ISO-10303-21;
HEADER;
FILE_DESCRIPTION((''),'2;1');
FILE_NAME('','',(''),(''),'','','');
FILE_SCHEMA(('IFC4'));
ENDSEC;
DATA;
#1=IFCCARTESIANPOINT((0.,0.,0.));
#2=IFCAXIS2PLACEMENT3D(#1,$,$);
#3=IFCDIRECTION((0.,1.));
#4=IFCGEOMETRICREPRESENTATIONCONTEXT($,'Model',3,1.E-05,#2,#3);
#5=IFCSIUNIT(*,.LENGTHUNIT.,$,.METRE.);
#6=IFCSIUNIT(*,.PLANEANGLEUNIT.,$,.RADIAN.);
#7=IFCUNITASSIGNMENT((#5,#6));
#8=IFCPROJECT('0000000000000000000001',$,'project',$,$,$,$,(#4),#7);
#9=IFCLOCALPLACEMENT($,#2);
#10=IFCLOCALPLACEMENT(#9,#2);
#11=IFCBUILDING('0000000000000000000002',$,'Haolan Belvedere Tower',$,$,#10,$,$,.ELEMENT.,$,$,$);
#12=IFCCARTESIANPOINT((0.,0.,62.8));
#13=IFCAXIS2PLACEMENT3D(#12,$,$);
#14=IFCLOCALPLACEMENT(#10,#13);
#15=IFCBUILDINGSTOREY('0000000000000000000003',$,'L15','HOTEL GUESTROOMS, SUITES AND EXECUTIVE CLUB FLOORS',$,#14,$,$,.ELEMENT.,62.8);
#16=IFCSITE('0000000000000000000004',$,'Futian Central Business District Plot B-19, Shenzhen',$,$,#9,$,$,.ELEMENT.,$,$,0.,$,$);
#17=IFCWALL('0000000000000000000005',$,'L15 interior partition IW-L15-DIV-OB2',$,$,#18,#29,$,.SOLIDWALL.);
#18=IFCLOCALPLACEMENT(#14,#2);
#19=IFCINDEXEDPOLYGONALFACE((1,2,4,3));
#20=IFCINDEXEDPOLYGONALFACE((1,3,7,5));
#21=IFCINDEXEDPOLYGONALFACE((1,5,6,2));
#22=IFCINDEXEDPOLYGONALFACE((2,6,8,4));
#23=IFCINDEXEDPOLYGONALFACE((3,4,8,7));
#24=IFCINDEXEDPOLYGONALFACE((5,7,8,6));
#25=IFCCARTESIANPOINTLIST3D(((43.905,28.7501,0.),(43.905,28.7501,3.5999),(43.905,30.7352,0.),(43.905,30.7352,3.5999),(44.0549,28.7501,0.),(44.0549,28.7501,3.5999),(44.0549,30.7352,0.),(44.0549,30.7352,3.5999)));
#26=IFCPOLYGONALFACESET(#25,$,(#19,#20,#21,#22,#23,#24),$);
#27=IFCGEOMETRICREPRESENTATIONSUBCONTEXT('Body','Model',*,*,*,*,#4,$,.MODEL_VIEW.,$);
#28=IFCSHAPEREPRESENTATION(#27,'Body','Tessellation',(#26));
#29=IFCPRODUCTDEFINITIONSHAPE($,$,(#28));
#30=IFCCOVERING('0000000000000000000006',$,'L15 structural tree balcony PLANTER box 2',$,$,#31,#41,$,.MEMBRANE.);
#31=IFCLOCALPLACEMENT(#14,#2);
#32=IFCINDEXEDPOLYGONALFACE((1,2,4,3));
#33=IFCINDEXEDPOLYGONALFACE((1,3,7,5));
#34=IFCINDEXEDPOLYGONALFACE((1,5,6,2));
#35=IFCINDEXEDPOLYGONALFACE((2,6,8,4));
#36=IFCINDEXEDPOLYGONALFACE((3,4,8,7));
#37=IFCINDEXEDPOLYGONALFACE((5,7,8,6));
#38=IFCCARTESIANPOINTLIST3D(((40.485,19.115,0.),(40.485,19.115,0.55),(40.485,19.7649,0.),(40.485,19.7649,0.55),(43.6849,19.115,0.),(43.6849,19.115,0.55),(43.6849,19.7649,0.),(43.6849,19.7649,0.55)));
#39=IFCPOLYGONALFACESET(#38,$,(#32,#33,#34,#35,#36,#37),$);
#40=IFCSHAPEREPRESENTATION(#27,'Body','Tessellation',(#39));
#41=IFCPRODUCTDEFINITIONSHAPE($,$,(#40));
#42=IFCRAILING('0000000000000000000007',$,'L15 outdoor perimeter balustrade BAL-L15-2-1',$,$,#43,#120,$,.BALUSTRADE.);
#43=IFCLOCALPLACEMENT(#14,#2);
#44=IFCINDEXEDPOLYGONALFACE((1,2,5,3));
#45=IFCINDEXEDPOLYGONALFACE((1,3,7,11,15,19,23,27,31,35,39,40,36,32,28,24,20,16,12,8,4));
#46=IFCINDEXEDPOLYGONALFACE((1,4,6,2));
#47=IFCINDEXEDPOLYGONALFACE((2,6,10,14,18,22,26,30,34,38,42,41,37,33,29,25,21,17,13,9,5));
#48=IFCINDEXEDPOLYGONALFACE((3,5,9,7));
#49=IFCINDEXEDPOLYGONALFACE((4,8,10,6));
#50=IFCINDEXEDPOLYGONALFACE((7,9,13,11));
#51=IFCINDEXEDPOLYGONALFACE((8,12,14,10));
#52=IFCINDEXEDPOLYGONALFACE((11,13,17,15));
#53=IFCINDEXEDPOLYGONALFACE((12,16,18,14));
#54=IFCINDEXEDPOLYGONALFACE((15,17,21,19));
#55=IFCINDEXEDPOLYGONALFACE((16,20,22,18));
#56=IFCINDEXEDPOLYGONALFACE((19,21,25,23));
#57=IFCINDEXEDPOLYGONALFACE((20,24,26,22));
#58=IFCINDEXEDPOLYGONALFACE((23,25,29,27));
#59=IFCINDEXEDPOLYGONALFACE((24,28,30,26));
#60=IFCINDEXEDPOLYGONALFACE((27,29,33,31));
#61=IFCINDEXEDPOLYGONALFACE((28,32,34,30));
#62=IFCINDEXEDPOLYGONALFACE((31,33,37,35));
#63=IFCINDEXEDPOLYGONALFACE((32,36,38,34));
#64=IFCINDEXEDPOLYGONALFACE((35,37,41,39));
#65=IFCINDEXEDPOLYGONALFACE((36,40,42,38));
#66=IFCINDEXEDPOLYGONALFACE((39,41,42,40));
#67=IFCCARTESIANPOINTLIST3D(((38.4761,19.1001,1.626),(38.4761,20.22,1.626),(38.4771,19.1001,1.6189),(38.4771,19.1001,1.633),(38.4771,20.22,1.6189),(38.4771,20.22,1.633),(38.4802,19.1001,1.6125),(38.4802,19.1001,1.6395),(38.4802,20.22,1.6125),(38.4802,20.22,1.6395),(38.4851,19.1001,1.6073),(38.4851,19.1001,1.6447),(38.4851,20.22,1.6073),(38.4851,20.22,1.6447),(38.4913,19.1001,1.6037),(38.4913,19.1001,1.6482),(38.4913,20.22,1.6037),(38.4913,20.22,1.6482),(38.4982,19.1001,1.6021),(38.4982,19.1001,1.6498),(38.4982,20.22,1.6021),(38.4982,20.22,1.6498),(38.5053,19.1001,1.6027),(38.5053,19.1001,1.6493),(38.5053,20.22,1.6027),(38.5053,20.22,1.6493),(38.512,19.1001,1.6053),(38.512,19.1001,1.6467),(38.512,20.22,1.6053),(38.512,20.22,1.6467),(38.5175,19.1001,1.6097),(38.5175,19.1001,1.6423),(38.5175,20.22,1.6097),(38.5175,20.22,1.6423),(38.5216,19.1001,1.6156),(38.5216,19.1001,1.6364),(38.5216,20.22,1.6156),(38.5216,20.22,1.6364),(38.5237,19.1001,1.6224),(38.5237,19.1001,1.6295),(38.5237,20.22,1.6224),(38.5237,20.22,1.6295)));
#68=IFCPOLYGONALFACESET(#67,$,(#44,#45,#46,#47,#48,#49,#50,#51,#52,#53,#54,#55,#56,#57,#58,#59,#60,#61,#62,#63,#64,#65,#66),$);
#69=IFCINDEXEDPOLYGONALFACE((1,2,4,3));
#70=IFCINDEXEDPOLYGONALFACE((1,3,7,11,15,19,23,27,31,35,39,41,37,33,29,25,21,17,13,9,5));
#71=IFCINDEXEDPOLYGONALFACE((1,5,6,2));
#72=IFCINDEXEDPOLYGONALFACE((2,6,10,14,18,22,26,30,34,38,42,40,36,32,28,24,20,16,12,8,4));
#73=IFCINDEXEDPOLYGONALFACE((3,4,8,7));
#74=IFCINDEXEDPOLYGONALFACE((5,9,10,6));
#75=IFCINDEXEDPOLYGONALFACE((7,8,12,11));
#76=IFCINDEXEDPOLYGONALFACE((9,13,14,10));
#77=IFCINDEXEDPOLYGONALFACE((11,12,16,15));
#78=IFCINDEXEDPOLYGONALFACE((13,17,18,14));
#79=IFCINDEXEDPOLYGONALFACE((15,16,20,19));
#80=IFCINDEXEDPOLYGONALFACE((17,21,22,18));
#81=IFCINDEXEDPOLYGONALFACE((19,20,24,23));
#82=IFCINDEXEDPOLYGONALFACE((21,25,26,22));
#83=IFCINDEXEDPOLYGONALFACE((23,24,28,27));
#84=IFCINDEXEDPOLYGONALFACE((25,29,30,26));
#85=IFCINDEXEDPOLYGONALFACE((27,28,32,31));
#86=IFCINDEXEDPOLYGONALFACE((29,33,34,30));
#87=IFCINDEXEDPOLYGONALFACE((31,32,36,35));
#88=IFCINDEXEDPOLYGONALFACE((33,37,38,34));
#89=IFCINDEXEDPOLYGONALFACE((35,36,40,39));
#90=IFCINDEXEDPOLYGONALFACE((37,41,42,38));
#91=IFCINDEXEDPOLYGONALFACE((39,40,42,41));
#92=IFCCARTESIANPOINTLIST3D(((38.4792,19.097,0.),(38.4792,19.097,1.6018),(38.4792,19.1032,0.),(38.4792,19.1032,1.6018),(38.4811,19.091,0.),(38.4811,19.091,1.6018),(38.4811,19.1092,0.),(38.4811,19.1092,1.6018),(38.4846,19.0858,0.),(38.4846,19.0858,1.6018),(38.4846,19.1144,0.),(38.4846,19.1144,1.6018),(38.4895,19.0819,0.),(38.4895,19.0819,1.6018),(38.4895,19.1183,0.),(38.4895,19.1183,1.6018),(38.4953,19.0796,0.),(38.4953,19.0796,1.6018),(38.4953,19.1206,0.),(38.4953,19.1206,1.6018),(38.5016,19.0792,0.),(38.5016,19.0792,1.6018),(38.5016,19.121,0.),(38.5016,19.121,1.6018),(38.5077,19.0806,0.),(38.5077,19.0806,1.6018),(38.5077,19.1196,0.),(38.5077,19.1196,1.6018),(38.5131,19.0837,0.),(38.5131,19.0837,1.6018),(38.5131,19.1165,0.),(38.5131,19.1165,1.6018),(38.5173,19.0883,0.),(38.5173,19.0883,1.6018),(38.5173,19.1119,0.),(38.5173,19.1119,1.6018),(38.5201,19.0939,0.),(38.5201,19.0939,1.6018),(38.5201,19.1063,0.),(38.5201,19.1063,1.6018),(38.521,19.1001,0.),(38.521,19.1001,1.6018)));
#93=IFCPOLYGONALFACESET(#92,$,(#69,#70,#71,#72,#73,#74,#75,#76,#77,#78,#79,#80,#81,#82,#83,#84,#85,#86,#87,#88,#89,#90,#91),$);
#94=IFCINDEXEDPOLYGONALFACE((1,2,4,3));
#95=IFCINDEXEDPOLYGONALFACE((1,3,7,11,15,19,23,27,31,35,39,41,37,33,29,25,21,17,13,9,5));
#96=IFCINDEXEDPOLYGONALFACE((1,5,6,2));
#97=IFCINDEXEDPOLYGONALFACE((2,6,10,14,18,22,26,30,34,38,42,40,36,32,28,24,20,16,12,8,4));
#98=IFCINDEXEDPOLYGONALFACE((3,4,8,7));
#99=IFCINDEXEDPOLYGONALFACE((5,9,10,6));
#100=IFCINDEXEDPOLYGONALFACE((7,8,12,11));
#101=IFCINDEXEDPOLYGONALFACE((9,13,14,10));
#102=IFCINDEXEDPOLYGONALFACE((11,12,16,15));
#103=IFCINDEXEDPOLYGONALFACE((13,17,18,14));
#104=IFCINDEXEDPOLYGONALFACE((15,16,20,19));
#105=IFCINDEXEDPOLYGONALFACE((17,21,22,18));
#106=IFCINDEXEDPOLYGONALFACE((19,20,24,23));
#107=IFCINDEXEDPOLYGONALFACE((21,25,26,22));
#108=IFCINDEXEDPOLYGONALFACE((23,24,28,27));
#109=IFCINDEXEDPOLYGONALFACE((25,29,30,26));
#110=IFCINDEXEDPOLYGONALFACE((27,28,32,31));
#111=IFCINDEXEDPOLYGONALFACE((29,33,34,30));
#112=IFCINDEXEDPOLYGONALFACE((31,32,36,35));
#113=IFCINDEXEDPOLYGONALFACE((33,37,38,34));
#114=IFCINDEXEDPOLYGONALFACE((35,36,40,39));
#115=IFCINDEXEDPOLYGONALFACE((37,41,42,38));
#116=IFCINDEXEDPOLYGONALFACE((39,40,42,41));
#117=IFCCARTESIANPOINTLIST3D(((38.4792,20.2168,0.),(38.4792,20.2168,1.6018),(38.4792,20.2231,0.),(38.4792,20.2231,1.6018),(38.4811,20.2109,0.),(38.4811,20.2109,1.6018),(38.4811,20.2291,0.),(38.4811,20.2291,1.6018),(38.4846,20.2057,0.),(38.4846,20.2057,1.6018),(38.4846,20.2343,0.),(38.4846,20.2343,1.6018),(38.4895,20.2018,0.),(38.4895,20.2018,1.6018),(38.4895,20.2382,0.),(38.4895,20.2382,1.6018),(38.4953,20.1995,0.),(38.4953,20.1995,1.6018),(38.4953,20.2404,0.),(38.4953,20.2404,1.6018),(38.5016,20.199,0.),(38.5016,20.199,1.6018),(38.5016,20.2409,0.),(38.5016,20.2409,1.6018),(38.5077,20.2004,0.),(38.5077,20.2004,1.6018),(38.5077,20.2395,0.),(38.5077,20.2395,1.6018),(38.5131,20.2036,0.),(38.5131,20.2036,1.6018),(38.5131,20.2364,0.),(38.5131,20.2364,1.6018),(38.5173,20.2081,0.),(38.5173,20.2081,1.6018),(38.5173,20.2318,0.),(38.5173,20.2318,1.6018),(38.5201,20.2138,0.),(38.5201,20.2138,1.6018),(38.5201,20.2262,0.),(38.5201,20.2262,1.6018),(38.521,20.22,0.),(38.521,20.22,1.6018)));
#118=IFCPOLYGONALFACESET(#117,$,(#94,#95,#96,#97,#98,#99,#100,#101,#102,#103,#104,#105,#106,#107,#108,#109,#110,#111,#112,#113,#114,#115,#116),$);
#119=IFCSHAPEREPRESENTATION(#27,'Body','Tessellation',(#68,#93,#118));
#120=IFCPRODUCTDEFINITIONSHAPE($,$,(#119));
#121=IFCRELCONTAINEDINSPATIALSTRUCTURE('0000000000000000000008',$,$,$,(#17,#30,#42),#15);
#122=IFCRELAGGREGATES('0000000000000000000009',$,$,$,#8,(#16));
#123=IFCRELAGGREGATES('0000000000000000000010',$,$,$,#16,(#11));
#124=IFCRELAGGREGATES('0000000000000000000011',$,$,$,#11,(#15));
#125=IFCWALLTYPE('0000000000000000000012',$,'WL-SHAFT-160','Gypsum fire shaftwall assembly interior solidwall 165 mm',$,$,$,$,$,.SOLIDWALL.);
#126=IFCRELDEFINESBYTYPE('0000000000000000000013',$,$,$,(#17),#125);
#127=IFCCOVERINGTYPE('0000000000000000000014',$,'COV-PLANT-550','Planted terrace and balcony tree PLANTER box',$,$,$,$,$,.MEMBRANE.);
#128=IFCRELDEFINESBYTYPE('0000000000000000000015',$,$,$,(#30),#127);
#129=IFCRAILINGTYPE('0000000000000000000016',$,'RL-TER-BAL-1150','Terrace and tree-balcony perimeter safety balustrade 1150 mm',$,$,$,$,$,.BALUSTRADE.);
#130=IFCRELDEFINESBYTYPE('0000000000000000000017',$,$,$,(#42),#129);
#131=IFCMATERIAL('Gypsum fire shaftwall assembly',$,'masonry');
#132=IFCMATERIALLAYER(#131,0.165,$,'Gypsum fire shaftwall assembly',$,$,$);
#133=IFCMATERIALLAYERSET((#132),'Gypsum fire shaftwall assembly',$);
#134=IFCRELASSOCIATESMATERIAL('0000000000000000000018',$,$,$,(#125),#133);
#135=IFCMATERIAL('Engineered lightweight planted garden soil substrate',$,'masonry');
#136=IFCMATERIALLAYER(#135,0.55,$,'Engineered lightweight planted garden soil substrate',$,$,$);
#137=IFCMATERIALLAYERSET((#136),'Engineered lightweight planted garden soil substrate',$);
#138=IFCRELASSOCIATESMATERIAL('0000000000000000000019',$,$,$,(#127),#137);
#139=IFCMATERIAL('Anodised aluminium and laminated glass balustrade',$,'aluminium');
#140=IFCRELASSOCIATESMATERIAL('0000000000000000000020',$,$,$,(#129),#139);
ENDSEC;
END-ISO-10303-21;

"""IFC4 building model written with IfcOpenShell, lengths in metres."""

from ifc_helpers import new_model, si_unit, direction, frame, frame_2d, origin, origin_2d, place, context, subcontext, project, spatial, rectangle, circle, extrude, material, layer, layer_set, type_object, element, save


model = new_model("IFC4")

# Units and contexts
model_context = context("Model", 3, precision=1e-05, world=origin(), true_north=direction((0.0, 1.0)))
body_context = subcontext(model_context, "Body", "Model", "MODEL_VIEW")
ifc_project = project(units=[si_unit("LENGTHUNIT", "METRE"), si_unit("PLANEANGLEUNIT", "RADIAN")], contexts=[model_context])

# Site, building, storey
site_placement = place(None, origin())
site = spatial("IfcSite", under=ifc_project, at=site_placement, Name="Futian Central Business District Plot B-19, Shenzhen", CompositionType="ELEMENT", RefElevation=0.0)
building_placement = place(site_placement, origin())
building = spatial("IfcBuilding", under=site, at=building_placement, Name="Haolan Belvedere Tower", CompositionType="ELEMENT")
storey_placement = place(building_placement, frame((0.0, 0.0, 62.8)))
storey = spatial("IfcBuildingStorey", under=building, at=storey_placement, Name="L15", Description="HOTEL GUESTROOMS, SUITES AND EXECUTIVE CLUB FLOORS", CompositionType="ELEMENT", Elevation=62.8)

# Wall
ifc_material_1 = material(Name="Gypsum fire shaftwall assembly", Category="masonry")
ifc_layer_1 = layer(ifc_material_1, 0.165, Name="Gypsum fire shaftwall assembly")
ifc_layer_set_1 = layer_set([ifc_layer_1], Name="Gypsum fire shaftwall assembly")
wall_type_1 = type_object("IfcWallType", Name="WL-SHAFT-160", Description="Gypsum fire shaftwall assembly interior solidwall 165 mm", PredefinedType="SOLIDWALL", material=ifc_layer_set_1)
for number, where, z_axis, x_axis, name in (
    (1, (43.98, 28.75, 0.0), (0.0, 0.0, 1.0), (0.0, 1.0, 0.0), "L15 interior partition IW-L15-DIV-OB2"),
):
    element("IfcWall", number, at=place(storey_placement, frame(where, z_axis=z_axis, x_axis=x_axis)), inside=storey, type_object=wall_type_1, Name=name, PredefinedType="SOLIDWALL", context=body_context, shape_type="SweptSolid", body=[
        extrude(rectangle(XDim=1.9851, YDim=0.1499, at=frame_2d((0.9927, 0.0))), origin(), (0.0, 0.0, 1.0), 3.5999),
    ])

# Covering
ifc_material_2 = material(Name="Engineered lightweight planted garden soil substrate", Category="masonry")
ifc_layer_2 = layer(ifc_material_2, 0.55, Name="Engineered lightweight planted garden soil substrate")
ifc_layer_set_2 = layer_set([ifc_layer_2], Name="Engineered lightweight planted garden soil substrate")
covering_type = type_object("IfcCoveringType", Name="COV-PLANT-550", Description="Planted terrace and balcony tree PLANTER box", PredefinedType="MEMBRANE", material=ifc_layer_set_2)
covering_placement = place(storey_placement, frame((42.085, 19.4399, 0.0), z_axis=(0.0, 0.0, 1.0), x_axis=(1.0, 0.0, 0.0)))
element("IfcCovering", 2, at=covering_placement, inside=storey, type_object=covering_type, Name="L15 structural tree balcony PLANTER box 2", PredefinedType="MEMBRANE", context=body_context, shape_type="SweptSolid", body=[
    extrude(rectangle(XDim=3.2, YDim=0.6499, at=origin_2d()), origin(), (0.0, 0.0, 1.0), 0.55),
])

# Railing
ifc_material_3 = material(Name="Anodised aluminium and laminated glass balustrade", Category="aluminium")
railing_type = type_object("IfcRailingType", Name="RL-TER-BAL-1150", Description="Terrace and tree-balcony perimeter safety balustrade 1150 mm", PredefinedType="BALUSTRADE", material=ifc_material_3)
railing_1_placement = place(storey_placement, frame((38.5, 19.1001, 0.0)))
element("IfcRailing", 3, at=railing_1_placement, inside=storey, type_object=railing_type, Name="L15 outdoor perimeter balustrade BAL-L15-2-1", PredefinedType="BALUSTRADE", context=body_context, shape_type="SweptSolid", body=[
    extrude(circle(Radius=0.0239, at=origin_2d()), frame((0.0, 0.0, 1.626), z_axis=(0.0, 1.0, 0.0), x_axis=(-1.0, 0.0, 0.0)), (0.0, 0.0, 1.0), 1.1199),
    extrude(circle(Radius=0.021, at=origin_2d()), origin(), (0.0, 0.0, 1.0), 1.6018),
    extrude(circle(Radius=0.021, at=origin_2d()), frame((0.0, 1.1199, 0.0)), (0.0, 0.0, 1.0), 1.6018),
])

save(model, "model.ifc")
